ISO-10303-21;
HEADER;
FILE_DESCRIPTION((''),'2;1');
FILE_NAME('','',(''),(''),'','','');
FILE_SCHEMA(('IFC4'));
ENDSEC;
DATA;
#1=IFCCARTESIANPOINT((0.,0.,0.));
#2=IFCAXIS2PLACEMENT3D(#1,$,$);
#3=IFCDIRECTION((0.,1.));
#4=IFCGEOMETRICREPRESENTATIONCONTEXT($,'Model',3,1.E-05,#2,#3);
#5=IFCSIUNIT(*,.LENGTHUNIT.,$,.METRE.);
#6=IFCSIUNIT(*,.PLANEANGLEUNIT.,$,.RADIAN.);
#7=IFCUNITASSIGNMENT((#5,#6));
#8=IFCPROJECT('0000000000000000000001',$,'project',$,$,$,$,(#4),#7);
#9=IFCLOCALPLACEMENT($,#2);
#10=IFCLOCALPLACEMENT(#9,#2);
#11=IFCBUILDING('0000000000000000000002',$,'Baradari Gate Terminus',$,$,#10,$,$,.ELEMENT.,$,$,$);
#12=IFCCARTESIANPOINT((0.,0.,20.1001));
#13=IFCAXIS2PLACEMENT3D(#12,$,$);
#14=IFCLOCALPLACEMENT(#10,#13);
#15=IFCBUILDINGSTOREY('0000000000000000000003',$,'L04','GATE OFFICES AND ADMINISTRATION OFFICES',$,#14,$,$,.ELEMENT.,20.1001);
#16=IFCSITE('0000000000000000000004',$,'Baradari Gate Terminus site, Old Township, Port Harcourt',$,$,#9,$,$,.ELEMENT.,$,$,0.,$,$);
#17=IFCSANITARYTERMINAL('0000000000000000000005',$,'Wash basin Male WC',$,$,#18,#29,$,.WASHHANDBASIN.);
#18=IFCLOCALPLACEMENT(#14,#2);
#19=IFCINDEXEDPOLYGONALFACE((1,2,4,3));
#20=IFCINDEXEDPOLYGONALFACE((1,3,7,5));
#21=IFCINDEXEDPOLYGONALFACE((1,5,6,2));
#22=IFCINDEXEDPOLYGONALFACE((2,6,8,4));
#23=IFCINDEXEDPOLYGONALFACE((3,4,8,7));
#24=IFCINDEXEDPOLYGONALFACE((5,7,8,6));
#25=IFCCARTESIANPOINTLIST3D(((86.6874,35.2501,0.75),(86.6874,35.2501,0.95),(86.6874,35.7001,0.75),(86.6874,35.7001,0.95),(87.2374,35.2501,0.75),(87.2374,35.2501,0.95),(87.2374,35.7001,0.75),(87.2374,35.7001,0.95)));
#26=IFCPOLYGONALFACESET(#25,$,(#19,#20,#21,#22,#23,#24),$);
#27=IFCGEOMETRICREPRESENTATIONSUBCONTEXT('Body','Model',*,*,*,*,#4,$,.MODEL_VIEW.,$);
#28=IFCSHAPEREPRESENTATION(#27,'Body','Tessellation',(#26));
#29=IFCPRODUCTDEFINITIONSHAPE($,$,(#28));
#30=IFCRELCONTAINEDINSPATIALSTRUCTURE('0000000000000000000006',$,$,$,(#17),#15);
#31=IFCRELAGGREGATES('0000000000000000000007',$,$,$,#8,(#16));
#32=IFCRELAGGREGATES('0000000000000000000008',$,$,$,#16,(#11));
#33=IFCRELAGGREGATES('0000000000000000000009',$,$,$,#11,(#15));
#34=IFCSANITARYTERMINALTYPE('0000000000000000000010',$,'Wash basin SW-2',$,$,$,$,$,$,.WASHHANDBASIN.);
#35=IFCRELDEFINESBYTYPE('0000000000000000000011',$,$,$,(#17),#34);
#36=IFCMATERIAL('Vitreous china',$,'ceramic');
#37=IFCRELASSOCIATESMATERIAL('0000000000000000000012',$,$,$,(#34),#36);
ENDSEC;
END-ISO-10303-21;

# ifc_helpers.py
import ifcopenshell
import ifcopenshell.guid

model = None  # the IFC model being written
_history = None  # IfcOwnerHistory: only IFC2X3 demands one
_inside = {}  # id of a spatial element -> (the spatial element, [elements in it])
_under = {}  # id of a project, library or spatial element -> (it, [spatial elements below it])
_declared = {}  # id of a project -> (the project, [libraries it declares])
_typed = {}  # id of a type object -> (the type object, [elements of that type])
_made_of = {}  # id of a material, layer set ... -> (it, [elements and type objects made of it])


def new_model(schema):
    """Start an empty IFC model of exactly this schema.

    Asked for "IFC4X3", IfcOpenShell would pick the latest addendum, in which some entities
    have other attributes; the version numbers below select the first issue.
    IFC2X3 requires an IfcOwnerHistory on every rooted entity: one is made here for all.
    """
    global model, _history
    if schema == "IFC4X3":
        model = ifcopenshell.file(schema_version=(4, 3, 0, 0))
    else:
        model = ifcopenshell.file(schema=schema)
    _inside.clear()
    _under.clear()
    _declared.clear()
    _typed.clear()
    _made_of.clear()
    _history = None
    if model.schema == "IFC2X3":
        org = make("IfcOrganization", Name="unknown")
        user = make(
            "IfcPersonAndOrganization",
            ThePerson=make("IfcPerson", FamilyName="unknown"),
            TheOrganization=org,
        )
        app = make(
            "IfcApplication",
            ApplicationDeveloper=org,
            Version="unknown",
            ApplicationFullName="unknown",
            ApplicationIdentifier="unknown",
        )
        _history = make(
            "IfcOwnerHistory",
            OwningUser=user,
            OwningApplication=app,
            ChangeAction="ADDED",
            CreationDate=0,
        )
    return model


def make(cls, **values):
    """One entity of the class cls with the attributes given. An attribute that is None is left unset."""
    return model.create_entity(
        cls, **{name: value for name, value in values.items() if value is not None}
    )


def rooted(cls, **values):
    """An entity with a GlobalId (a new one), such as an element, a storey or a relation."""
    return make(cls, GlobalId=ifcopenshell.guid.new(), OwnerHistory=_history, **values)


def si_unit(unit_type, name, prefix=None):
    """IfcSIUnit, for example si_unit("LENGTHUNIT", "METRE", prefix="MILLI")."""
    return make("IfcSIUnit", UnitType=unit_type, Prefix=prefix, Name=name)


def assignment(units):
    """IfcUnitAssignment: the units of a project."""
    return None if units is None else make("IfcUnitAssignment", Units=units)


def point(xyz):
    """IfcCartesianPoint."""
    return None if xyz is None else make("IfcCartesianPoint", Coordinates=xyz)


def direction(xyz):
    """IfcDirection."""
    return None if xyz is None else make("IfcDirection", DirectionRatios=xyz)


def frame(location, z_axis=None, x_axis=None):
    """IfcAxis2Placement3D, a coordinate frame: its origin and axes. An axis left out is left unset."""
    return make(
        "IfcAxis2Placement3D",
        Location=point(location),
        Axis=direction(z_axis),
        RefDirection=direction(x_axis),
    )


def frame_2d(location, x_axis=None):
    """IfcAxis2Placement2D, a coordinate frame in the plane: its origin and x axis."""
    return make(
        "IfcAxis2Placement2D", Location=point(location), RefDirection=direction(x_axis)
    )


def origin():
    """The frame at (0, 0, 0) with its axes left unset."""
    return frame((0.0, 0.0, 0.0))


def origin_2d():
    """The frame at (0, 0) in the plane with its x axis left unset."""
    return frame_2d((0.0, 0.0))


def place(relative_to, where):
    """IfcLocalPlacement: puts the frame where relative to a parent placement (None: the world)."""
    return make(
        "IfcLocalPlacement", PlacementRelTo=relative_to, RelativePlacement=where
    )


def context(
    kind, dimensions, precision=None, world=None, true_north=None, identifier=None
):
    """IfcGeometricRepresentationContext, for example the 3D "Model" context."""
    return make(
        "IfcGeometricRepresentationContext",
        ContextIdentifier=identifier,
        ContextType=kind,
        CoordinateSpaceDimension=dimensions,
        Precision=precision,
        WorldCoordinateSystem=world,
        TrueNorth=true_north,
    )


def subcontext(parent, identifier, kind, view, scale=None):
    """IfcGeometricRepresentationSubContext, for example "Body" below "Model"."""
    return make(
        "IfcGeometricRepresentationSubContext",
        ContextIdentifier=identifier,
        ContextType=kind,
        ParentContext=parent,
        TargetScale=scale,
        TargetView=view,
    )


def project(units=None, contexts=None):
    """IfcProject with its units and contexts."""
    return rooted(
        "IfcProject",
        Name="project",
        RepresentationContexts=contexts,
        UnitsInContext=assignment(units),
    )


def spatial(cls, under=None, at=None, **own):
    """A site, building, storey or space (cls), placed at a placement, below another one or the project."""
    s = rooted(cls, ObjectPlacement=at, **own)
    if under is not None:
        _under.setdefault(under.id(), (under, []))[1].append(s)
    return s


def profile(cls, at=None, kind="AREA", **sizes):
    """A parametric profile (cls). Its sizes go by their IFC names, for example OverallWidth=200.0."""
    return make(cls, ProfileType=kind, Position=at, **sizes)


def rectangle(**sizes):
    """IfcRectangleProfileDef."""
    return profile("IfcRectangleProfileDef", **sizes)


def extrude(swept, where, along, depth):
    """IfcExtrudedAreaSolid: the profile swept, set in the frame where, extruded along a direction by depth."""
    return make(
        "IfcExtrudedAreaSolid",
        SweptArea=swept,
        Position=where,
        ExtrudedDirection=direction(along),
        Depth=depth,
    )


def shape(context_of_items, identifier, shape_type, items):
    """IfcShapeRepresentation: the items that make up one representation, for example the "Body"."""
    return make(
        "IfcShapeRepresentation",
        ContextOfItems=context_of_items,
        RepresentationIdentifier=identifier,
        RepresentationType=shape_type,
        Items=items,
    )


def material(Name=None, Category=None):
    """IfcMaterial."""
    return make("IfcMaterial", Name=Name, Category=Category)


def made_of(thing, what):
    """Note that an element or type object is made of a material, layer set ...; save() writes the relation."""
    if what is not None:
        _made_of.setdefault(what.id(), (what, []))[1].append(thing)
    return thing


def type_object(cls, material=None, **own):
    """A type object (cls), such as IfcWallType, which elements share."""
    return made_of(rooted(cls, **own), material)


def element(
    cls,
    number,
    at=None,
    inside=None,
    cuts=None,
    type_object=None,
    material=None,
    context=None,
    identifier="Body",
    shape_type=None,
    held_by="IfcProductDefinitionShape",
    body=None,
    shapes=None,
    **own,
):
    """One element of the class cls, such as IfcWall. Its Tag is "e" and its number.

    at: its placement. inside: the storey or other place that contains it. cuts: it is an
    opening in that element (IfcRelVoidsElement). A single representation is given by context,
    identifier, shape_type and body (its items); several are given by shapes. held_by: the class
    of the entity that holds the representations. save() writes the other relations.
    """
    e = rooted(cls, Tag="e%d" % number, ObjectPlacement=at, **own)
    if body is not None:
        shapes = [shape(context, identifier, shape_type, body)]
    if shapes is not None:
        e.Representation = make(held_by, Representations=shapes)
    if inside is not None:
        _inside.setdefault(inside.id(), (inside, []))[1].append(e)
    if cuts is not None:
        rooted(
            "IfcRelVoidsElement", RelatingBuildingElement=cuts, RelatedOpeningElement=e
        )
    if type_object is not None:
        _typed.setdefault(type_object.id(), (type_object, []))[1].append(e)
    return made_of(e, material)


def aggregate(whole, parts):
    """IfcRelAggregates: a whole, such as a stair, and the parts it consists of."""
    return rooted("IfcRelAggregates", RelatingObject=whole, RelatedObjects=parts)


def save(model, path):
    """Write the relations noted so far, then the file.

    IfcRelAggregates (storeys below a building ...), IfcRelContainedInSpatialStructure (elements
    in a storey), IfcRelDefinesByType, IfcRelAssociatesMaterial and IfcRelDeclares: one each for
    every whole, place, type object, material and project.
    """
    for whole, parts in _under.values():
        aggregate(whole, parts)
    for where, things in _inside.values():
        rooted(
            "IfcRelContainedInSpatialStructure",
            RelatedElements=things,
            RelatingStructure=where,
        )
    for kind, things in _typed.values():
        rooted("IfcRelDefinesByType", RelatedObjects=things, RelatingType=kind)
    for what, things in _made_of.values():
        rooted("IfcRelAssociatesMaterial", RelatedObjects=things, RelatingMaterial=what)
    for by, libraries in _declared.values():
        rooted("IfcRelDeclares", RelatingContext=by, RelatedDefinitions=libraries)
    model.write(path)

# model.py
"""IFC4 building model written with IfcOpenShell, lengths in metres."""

from ifc_helpers import new_model, si_unit, direction, frame, origin, origin_2d, place, context, subcontext, project, spatial, rectangle, extrude, material, type_object, element, save


model = new_model("IFC4")

# Units and contexts
model_context = context("Model", 3, precision=1e-05, world=origin(), true_north=direction((0.0, 1.0)))
body_context = subcontext(model_context, "Body", "Model", "MODEL_VIEW")
ifc_project = project(units=[si_unit("LENGTHUNIT", "METRE"), si_unit("PLANEANGLEUNIT", "RADIAN")], contexts=[model_context])

# Site, building, storey
site_placement = place(None, origin())
site = spatial("IfcSite", under=ifc_project, at=site_placement, Name="Baradari Gate Terminus site, Old Township, Port Harcourt", CompositionType="ELEMENT", RefElevation=0.0)
building_placement = place(site_placement, origin())
building = spatial("IfcBuilding", under=site, at=building_placement, Name="Baradari Gate Terminus", CompositionType="ELEMENT")
storey_placement = place(building_placement, frame((0.0, 0.0, 20.1001)))
storey = spatial("IfcBuildingStorey", under=building, at=storey_placement, Name="L04", Description="GATE OFFICES AND ADMINISTRATION OFFICES", CompositionType="ELEMENT", Elevation=20.1001)

# Sanitary terminal
ifc_material_1 = material(Name="Vitreous china", Category="ceramic")
sanitary_terminal_type_1 = type_object("IfcSanitaryTerminalType", Name="Wash basin SW-2", PredefinedType="WASHHANDBASIN", material=ifc_material_1)
sanitary_terminal_1_placement = place(storey_placement, frame((86.9624, 35.4751, 0.75), z_axis=(0.0, 0.0, 1.0), x_axis=(1.0, 0.0, 0.0)))
element("IfcSanitaryTerminal", 1, at=sanitary_terminal_1_placement, inside=storey, type_object=sanitary_terminal_type_1, Name="Wash basin Male WC", PredefinedType="WASHHANDBASIN", context=body_context, shape_type="SweptSolid", body=[
    extrude(rectangle(XDim=0.55, YDim=0.45, at=origin_2d()), origin(), (0.0, 0.0, 1.0), 0.2),
])

save(model, "model.ifc")
